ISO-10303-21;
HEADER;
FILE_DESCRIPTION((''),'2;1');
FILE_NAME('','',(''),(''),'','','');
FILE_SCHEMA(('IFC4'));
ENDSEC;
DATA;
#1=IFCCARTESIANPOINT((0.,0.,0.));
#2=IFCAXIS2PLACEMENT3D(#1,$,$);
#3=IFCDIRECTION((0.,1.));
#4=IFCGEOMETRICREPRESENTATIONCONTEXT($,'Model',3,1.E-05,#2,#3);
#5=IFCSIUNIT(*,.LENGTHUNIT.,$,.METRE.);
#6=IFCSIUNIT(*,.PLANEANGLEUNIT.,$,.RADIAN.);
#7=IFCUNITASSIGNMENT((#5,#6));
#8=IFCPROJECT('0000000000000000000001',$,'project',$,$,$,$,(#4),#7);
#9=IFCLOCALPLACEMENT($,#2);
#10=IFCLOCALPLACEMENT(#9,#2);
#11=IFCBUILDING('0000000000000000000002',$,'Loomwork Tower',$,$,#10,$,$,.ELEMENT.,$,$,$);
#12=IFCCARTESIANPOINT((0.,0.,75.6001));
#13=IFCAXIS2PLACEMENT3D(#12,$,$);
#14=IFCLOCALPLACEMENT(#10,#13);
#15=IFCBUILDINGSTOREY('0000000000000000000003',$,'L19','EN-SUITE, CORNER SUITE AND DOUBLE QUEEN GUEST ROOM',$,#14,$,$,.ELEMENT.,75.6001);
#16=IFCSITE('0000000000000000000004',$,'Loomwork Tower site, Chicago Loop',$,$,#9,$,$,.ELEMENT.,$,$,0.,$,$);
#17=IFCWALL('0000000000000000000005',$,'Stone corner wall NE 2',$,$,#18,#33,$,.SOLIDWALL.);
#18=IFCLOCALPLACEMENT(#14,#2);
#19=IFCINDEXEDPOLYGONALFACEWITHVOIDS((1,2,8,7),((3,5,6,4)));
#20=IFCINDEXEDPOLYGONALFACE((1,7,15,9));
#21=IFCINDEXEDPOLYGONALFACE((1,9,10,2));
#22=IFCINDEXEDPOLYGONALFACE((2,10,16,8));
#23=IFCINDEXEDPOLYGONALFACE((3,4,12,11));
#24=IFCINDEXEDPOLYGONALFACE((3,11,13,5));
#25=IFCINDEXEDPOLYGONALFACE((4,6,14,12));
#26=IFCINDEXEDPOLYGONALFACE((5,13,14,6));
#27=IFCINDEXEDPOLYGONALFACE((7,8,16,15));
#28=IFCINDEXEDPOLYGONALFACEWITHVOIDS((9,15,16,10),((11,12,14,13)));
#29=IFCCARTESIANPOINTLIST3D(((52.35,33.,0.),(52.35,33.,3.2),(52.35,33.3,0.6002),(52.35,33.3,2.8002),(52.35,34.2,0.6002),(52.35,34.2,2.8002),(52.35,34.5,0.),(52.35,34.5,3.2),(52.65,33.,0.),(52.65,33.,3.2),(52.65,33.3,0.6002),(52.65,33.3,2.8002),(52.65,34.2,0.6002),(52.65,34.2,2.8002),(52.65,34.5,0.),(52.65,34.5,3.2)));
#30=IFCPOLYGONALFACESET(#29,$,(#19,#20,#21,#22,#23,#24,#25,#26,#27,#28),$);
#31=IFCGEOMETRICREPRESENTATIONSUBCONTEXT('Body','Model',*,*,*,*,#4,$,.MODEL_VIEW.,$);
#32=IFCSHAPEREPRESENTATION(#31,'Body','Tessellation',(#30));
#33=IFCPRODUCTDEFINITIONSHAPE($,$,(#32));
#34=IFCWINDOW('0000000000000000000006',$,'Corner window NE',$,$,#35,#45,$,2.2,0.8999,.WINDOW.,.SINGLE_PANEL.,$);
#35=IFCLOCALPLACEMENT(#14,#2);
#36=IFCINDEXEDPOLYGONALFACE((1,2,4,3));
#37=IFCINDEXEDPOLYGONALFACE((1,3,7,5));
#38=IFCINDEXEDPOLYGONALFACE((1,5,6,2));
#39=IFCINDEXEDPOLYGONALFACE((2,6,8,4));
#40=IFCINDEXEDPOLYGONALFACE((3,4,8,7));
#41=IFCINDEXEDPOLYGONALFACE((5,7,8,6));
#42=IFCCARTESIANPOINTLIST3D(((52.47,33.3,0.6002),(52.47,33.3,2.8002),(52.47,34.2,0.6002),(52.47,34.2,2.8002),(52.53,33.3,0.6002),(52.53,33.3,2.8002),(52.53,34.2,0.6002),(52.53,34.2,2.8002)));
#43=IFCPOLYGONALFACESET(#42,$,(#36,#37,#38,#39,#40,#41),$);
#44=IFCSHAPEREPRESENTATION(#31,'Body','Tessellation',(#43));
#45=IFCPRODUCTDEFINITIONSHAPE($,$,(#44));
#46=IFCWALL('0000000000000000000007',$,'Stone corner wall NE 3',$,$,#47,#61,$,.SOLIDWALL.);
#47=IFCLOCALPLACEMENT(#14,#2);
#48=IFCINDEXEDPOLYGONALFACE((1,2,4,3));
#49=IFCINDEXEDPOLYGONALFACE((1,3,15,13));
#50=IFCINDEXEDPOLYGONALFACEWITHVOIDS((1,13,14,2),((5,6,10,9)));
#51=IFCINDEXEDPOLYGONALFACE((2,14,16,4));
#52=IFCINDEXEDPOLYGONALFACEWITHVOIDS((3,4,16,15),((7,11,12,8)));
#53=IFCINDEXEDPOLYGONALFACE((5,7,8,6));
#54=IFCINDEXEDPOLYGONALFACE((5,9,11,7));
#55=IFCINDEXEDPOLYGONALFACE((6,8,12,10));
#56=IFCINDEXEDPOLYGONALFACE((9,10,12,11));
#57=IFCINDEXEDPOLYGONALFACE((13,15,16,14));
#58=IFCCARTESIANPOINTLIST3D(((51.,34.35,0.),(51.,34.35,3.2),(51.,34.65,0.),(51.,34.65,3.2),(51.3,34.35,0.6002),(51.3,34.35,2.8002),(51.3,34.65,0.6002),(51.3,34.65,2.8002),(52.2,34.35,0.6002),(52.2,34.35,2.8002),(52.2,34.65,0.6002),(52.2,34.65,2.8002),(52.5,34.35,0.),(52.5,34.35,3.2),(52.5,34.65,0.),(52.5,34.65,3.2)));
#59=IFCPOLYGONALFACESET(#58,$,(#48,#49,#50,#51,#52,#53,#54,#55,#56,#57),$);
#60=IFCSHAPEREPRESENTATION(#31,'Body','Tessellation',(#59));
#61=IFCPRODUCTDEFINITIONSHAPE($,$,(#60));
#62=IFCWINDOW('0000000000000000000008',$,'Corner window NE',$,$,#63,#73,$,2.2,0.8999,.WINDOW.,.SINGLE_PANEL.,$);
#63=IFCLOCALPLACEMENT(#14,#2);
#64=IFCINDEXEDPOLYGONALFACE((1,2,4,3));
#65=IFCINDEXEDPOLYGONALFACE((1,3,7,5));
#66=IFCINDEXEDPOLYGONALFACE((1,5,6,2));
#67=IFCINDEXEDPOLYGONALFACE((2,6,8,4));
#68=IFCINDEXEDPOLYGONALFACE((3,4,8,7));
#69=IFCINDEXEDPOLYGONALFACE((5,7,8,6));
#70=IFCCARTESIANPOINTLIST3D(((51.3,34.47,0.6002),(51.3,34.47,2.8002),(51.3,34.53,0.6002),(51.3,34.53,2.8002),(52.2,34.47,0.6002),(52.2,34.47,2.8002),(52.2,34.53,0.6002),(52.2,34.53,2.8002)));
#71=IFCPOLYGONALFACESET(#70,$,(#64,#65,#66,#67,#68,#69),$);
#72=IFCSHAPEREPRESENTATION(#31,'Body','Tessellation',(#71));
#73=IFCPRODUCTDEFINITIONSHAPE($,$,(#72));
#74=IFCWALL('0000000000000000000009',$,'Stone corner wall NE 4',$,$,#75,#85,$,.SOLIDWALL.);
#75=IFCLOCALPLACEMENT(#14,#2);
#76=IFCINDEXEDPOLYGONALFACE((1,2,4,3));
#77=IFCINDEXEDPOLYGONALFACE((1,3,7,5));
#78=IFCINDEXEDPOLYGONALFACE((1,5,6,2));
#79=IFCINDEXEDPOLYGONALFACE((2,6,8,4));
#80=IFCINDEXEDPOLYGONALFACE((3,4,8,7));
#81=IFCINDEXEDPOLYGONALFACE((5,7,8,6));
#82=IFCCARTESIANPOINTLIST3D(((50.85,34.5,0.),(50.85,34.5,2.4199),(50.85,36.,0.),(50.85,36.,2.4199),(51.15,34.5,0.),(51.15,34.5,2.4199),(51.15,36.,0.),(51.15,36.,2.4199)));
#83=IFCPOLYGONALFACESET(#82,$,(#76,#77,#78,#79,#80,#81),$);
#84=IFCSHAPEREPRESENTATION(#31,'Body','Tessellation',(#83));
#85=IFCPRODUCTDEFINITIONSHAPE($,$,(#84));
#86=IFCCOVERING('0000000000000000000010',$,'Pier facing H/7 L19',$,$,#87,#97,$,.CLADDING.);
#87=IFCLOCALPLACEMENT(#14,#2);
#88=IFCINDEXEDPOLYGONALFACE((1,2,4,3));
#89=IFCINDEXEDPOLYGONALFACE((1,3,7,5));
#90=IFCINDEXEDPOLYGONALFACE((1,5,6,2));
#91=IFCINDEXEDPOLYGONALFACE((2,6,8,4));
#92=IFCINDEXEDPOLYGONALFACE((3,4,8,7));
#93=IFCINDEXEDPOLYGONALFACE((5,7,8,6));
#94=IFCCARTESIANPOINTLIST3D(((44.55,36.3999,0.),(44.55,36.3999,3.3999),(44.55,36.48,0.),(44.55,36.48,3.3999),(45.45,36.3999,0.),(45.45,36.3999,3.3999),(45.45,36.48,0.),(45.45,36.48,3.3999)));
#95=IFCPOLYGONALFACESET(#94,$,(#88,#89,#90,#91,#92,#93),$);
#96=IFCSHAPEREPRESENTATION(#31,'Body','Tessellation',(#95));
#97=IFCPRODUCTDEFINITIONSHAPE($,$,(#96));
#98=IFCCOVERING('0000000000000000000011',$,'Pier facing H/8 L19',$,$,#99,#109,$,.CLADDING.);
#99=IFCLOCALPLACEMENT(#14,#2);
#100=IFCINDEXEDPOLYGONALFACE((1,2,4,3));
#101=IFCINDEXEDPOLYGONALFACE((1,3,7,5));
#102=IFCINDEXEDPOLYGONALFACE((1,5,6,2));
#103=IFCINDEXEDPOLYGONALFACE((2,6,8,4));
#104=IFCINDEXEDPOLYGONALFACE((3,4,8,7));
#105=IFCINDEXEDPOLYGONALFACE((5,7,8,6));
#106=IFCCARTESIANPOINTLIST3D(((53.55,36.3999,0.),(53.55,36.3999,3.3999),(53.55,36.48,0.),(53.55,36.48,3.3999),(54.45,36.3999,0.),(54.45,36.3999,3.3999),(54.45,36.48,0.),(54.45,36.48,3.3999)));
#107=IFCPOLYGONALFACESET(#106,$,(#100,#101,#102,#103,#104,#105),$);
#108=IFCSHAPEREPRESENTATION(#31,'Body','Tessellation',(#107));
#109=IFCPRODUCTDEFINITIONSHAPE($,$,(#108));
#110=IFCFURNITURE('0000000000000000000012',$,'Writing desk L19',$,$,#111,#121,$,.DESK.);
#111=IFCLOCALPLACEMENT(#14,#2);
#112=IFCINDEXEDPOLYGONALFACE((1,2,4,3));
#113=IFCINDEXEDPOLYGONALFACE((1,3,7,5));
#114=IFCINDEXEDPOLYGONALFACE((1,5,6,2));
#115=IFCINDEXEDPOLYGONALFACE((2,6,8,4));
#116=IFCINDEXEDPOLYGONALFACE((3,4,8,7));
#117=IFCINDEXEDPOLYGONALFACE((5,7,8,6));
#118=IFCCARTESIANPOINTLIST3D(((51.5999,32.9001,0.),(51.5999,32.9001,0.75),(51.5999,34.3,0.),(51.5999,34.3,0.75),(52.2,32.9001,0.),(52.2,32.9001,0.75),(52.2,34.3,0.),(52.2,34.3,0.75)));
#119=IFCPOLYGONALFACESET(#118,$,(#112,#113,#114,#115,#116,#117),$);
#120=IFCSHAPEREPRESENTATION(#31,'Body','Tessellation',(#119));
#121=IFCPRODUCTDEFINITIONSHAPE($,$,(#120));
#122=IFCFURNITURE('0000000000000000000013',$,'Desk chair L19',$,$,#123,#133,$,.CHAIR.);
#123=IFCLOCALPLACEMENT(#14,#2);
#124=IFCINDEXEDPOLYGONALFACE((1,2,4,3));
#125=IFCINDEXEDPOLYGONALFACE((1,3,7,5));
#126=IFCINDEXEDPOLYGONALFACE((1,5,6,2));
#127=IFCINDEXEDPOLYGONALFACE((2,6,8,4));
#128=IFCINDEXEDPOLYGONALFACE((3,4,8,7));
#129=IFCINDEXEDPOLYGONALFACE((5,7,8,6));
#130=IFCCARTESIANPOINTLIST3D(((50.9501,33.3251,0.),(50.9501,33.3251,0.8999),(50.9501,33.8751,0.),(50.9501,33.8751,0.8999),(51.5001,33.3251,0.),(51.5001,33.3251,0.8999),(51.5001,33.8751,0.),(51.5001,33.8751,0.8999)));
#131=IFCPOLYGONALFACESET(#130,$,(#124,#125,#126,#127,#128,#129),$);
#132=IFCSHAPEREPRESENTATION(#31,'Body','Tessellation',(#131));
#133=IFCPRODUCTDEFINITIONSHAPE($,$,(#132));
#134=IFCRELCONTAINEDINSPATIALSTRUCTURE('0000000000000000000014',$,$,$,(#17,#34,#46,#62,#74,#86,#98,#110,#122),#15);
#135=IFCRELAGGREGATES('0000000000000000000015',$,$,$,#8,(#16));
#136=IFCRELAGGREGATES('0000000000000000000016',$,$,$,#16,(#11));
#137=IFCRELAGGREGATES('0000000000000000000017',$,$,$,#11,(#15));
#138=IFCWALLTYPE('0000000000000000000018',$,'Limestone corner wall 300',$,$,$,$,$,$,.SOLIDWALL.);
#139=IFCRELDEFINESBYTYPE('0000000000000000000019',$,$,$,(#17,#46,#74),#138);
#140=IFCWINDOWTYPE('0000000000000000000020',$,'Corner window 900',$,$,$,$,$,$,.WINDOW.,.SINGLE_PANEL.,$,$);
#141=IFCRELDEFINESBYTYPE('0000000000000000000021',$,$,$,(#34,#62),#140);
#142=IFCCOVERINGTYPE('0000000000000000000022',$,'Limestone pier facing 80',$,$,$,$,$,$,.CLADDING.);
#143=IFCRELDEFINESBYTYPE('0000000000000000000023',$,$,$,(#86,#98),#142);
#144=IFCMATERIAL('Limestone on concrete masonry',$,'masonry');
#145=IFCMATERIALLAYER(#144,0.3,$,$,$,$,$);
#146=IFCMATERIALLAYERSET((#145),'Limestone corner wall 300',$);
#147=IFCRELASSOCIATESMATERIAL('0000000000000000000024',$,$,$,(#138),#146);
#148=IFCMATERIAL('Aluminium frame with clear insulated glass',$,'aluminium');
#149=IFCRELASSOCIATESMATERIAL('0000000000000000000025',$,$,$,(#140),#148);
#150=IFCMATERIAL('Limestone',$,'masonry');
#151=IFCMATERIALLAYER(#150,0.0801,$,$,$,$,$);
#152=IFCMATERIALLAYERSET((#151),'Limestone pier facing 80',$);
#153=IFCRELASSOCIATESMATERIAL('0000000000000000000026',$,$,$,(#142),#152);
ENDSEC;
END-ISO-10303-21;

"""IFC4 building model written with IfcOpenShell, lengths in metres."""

from ifc_helpers import new_model, si_unit, direction, frame, frame_2d, origin, origin_2d, place, context, subcontext, project, spatial, rectangle, extrude, material, layer, layer_set, type_object, element, fill, save


model = new_model("IFC4")

# Units and contexts
model_context = context("Model", 3, precision=1e-05, world=origin(), true_north=direction((0.0, 1.0)))
body_context = subcontext(model_context, "Body", "Model", "MODEL_VIEW")
ifc_project = project(units=[si_unit("LENGTHUNIT", "METRE"), si_unit("PLANEANGLEUNIT", "RADIAN")], contexts=[model_context])

# Site, building, storey
site_placement = place(None, origin())
site = spatial("IfcSite", under=ifc_project, at=site_placement, Name="Loomwork Tower site, Chicago Loop", CompositionType="ELEMENT", RefElevation=0.0)
building_placement = place(site_placement, origin())
building = spatial("IfcBuilding", under=site, at=building_placement, Name="Loomwork Tower", CompositionType="ELEMENT")
storey_placement = place(building_placement, frame((0.0, 0.0, 75.6001)))
storey = spatial("IfcBuildingStorey", under=building, at=storey_placement, Name="L19", Description="EN-SUITE, CORNER SUITE AND DOUBLE QUEEN GUEST ROOM", CompositionType="ELEMENT", Elevation=75.6001)

# Shared definitions
ifc_material_1 = material(Name="Limestone on concrete masonry", Category="masonry")
ifc_layer_1 = layer(ifc_material_1, 0.3)
ifc_layer_set_1 = layer_set([ifc_layer_1], Name="Limestone corner wall 300")
wall_type_1 = type_object("IfcWallType", Name="Limestone corner wall 300", PredefinedType="SOLIDWALL", material=ifc_layer_set_1)

# Walls, openings, windows
wall_1_placement = place(storey_placement, frame((52.5, 33.0, 0.0), z_axis=(0.0, 0.0, 1.0), x_axis=(0.0, 1.0, 0.0)))
wall_1 = element("IfcWall", 1, at=wall_1_placement, inside=storey, type_object=wall_type_1, Name="Stone corner wall NE 2", PredefinedType="SOLIDWALL", context=body_context, shape_type="SweptSolid", body=[
    extrude(rectangle(XDim=1.5, YDim=0.3, at=frame_2d((0.75, 0.0))), origin(), (0.0, 0.0, 1.0), 3.2),
])
opening_1_placement = place(wall_1_placement, frame((0.3, 0.0, 0.6001)))
opening_1 = element("IfcOpeningElement", 2, at=opening_1_placement, cuts=wall_1, PredefinedType="OPENING", context=body_context, shape_type="SweptSolid", body=[
    extrude(rectangle(XDim=0.8999, YDim=2.2, at=frame_2d((0.45, 1.1001))), frame((0.0, 0.1599, 0.0), z_axis=(0.0, -1.0, 0.0), x_axis=(1.0, 0.0, 0.0)), (0.0, 0.0, 1.0), 0.3201),
])
ifc_material_2 = material(Name="Aluminium frame with clear insulated glass", Category="aluminium")
window_type_1 = type_object("IfcWindowType", Name="Corner window 900", PartitioningType="SINGLE_PANEL", PredefinedType="WINDOW", material=ifc_material_2)
window_1_placement = place(opening_1_placement, origin())
window_1 = element("IfcWindow", 3, at=window_1_placement, inside=storey, type_object=window_type_1, Name="Corner window NE", OverallHeight=2.2, OverallWidth=0.8999, PartitioningType="SINGLE_PANEL", PredefinedType="WINDOW", context=body_context, shape_type="SweptSolid", body=[
    extrude(rectangle(XDim=0.8999, YDim=2.2, at=frame_2d((0.45, 1.1001))), frame((0.0, 0.03, 0.0), z_axis=(0.0, -1.0, 0.0), x_axis=(1.0, 0.0, 0.0)), (0.0, 0.0, 1.0), 0.0601),
])
fill(opening_1, window_1)
wall_2_placement = place(storey_placement, frame((52.5, 34.5, 0.0), z_axis=(0.0, 0.0, 1.0), x_axis=(-1.0, 0.0, 0.0)))
wall_2 = element("IfcWall", 4, at=wall_2_placement, inside=storey, type_object=wall_type_1, Name="Stone corner wall NE 3", PredefinedType="SOLIDWALL", context=body_context, shape_type="SweptSolid", body=[
    extrude(rectangle(XDim=1.5, YDim=0.3, at=frame_2d((0.75, 0.0))), origin(), (0.0, 0.0, 1.0), 3.2),
])
opening_2_placement = place(wall_2_placement, frame((0.3, 0.0, 0.6001)))
opening_2 = element("IfcOpeningElement", 5, at=opening_2_placement, cuts=wall_2, PredefinedType="OPENING", context=body_context, shape_type="SweptSolid", body=[
    extrude(rectangle(XDim=0.8999, YDim=2.2, at=frame_2d((0.45, 1.1001))), frame((0.0, 0.1599, 0.0), z_axis=(0.0, -1.0, 0.0), x_axis=(1.0, 0.0, 0.0)), (0.0, 0.0, 1.0), 0.3201),
])
window_2_placement = place(opening_2_placement, origin())
window_2 = element("IfcWindow", 6, at=window_2_placement, inside=storey, type_object=window_type_1, Name="Corner window NE", OverallHeight=2.2, OverallWidth=0.8999, PartitioningType="SINGLE_PANEL", PredefinedType="WINDOW", context=body_context, shape_type="SweptSolid", body=[
    extrude(rectangle(XDim=0.8999, YDim=2.2, at=frame_2d((0.45, 1.1001))), frame((0.0, 0.03, 0.0), z_axis=(0.0, -1.0, 0.0), x_axis=(1.0, 0.0, 0.0)), (0.0, 0.0, 1.0), 0.0601),
])
fill(opening_2, window_2)

# Wall
wall_3_placement = place(storey_placement, frame((51.0, 34.5, 0.0), z_axis=(0.0, 0.0, 1.0), x_axis=(0.0, 1.0, 0.0)))
element("IfcWall", 7, at=wall_3_placement, inside=storey, type_object=wall_type_1, Name="Stone corner wall NE 4", PredefinedType="SOLIDWALL", context=body_context, shape_type="SweptSolid", body=[
    extrude(rectangle(XDim=1.5, YDim=0.3, at=frame_2d((0.75, 0.0))), origin(), (0.0, 0.0, 1.0), 2.4199),
])

# Coverings
ifc_material_3 = material(Name="Limestone", Category="masonry")
ifc_layer_2 = layer(ifc_material_3, 0.0801)
ifc_layer_set_2 = layer_set([ifc_layer_2], Name="Limestone pier facing 80")
covering_type = type_object("IfcCoveringType", Name="Limestone pier facing 80", PredefinedType="CLADDING", material=ifc_layer_set_2)
for number, where, z_axis, x_axis, name in (
    (8, (45.0, 36.4399, 0.0), (0.0, 0.0, 1.0), (1.0, 0.0, 0.0), "Pier facing H/7 L19"),
    (9, (54.0, 36.4399, 0.0), (0.0, 0.0, 1.0), (1.0, 0.0, 0.0), "Pier facing H/8 L19"),
):
    element("IfcCovering", number, at=place(storey_placement, frame(where, z_axis=z_axis, x_axis=x_axis)), inside=storey, type_object=covering_type, Name=name, PredefinedType="CLADDING", context=body_context, shape_type="SweptSolid", body=[
        extrude(rectangle(XDim=0.8999, YDim=0.0801, at=origin_2d()), origin(), (0.0, 0.0, 1.0), 3.3999),
    ])

# Furniture
furniture_1_placement = place(storey_placement, frame((51.8999, 33.6001, 0.0), z_axis=(0.0, 0.0, 1.0), x_axis=(1.0, 0.0, 0.0)))
element("IfcFurniture", 10, at=furniture_1_placement, inside=storey, Name="Writing desk L19", PredefinedType="DESK", context=body_context, shape_type="SweptSolid", body=[
    extrude(rectangle(XDim=0.6001, YDim=1.3999, at=origin_2d()), origin(), (0.0, 0.0, 1.0), 0.75),
])
furniture_2_placement = place(storey_placement, frame((51.2251, 33.6001, 0.0), z_axis=(0.0, 0.0, 1.0), x_axis=(1.0, 0.0, 0.0)))
element("IfcFurniture", 11, at=furniture_2_placement, inside=storey, Name="Desk chair L19", PredefinedType="CHAIR", context=body_context, shape_type="SweptSolid", body=[
    extrude(rectangle(XDim=0.55, YDim=0.55, at=origin_2d()), origin(), (0.0, 0.0, 1.0), 0.8999),
])

save(model, "model.ifc")
